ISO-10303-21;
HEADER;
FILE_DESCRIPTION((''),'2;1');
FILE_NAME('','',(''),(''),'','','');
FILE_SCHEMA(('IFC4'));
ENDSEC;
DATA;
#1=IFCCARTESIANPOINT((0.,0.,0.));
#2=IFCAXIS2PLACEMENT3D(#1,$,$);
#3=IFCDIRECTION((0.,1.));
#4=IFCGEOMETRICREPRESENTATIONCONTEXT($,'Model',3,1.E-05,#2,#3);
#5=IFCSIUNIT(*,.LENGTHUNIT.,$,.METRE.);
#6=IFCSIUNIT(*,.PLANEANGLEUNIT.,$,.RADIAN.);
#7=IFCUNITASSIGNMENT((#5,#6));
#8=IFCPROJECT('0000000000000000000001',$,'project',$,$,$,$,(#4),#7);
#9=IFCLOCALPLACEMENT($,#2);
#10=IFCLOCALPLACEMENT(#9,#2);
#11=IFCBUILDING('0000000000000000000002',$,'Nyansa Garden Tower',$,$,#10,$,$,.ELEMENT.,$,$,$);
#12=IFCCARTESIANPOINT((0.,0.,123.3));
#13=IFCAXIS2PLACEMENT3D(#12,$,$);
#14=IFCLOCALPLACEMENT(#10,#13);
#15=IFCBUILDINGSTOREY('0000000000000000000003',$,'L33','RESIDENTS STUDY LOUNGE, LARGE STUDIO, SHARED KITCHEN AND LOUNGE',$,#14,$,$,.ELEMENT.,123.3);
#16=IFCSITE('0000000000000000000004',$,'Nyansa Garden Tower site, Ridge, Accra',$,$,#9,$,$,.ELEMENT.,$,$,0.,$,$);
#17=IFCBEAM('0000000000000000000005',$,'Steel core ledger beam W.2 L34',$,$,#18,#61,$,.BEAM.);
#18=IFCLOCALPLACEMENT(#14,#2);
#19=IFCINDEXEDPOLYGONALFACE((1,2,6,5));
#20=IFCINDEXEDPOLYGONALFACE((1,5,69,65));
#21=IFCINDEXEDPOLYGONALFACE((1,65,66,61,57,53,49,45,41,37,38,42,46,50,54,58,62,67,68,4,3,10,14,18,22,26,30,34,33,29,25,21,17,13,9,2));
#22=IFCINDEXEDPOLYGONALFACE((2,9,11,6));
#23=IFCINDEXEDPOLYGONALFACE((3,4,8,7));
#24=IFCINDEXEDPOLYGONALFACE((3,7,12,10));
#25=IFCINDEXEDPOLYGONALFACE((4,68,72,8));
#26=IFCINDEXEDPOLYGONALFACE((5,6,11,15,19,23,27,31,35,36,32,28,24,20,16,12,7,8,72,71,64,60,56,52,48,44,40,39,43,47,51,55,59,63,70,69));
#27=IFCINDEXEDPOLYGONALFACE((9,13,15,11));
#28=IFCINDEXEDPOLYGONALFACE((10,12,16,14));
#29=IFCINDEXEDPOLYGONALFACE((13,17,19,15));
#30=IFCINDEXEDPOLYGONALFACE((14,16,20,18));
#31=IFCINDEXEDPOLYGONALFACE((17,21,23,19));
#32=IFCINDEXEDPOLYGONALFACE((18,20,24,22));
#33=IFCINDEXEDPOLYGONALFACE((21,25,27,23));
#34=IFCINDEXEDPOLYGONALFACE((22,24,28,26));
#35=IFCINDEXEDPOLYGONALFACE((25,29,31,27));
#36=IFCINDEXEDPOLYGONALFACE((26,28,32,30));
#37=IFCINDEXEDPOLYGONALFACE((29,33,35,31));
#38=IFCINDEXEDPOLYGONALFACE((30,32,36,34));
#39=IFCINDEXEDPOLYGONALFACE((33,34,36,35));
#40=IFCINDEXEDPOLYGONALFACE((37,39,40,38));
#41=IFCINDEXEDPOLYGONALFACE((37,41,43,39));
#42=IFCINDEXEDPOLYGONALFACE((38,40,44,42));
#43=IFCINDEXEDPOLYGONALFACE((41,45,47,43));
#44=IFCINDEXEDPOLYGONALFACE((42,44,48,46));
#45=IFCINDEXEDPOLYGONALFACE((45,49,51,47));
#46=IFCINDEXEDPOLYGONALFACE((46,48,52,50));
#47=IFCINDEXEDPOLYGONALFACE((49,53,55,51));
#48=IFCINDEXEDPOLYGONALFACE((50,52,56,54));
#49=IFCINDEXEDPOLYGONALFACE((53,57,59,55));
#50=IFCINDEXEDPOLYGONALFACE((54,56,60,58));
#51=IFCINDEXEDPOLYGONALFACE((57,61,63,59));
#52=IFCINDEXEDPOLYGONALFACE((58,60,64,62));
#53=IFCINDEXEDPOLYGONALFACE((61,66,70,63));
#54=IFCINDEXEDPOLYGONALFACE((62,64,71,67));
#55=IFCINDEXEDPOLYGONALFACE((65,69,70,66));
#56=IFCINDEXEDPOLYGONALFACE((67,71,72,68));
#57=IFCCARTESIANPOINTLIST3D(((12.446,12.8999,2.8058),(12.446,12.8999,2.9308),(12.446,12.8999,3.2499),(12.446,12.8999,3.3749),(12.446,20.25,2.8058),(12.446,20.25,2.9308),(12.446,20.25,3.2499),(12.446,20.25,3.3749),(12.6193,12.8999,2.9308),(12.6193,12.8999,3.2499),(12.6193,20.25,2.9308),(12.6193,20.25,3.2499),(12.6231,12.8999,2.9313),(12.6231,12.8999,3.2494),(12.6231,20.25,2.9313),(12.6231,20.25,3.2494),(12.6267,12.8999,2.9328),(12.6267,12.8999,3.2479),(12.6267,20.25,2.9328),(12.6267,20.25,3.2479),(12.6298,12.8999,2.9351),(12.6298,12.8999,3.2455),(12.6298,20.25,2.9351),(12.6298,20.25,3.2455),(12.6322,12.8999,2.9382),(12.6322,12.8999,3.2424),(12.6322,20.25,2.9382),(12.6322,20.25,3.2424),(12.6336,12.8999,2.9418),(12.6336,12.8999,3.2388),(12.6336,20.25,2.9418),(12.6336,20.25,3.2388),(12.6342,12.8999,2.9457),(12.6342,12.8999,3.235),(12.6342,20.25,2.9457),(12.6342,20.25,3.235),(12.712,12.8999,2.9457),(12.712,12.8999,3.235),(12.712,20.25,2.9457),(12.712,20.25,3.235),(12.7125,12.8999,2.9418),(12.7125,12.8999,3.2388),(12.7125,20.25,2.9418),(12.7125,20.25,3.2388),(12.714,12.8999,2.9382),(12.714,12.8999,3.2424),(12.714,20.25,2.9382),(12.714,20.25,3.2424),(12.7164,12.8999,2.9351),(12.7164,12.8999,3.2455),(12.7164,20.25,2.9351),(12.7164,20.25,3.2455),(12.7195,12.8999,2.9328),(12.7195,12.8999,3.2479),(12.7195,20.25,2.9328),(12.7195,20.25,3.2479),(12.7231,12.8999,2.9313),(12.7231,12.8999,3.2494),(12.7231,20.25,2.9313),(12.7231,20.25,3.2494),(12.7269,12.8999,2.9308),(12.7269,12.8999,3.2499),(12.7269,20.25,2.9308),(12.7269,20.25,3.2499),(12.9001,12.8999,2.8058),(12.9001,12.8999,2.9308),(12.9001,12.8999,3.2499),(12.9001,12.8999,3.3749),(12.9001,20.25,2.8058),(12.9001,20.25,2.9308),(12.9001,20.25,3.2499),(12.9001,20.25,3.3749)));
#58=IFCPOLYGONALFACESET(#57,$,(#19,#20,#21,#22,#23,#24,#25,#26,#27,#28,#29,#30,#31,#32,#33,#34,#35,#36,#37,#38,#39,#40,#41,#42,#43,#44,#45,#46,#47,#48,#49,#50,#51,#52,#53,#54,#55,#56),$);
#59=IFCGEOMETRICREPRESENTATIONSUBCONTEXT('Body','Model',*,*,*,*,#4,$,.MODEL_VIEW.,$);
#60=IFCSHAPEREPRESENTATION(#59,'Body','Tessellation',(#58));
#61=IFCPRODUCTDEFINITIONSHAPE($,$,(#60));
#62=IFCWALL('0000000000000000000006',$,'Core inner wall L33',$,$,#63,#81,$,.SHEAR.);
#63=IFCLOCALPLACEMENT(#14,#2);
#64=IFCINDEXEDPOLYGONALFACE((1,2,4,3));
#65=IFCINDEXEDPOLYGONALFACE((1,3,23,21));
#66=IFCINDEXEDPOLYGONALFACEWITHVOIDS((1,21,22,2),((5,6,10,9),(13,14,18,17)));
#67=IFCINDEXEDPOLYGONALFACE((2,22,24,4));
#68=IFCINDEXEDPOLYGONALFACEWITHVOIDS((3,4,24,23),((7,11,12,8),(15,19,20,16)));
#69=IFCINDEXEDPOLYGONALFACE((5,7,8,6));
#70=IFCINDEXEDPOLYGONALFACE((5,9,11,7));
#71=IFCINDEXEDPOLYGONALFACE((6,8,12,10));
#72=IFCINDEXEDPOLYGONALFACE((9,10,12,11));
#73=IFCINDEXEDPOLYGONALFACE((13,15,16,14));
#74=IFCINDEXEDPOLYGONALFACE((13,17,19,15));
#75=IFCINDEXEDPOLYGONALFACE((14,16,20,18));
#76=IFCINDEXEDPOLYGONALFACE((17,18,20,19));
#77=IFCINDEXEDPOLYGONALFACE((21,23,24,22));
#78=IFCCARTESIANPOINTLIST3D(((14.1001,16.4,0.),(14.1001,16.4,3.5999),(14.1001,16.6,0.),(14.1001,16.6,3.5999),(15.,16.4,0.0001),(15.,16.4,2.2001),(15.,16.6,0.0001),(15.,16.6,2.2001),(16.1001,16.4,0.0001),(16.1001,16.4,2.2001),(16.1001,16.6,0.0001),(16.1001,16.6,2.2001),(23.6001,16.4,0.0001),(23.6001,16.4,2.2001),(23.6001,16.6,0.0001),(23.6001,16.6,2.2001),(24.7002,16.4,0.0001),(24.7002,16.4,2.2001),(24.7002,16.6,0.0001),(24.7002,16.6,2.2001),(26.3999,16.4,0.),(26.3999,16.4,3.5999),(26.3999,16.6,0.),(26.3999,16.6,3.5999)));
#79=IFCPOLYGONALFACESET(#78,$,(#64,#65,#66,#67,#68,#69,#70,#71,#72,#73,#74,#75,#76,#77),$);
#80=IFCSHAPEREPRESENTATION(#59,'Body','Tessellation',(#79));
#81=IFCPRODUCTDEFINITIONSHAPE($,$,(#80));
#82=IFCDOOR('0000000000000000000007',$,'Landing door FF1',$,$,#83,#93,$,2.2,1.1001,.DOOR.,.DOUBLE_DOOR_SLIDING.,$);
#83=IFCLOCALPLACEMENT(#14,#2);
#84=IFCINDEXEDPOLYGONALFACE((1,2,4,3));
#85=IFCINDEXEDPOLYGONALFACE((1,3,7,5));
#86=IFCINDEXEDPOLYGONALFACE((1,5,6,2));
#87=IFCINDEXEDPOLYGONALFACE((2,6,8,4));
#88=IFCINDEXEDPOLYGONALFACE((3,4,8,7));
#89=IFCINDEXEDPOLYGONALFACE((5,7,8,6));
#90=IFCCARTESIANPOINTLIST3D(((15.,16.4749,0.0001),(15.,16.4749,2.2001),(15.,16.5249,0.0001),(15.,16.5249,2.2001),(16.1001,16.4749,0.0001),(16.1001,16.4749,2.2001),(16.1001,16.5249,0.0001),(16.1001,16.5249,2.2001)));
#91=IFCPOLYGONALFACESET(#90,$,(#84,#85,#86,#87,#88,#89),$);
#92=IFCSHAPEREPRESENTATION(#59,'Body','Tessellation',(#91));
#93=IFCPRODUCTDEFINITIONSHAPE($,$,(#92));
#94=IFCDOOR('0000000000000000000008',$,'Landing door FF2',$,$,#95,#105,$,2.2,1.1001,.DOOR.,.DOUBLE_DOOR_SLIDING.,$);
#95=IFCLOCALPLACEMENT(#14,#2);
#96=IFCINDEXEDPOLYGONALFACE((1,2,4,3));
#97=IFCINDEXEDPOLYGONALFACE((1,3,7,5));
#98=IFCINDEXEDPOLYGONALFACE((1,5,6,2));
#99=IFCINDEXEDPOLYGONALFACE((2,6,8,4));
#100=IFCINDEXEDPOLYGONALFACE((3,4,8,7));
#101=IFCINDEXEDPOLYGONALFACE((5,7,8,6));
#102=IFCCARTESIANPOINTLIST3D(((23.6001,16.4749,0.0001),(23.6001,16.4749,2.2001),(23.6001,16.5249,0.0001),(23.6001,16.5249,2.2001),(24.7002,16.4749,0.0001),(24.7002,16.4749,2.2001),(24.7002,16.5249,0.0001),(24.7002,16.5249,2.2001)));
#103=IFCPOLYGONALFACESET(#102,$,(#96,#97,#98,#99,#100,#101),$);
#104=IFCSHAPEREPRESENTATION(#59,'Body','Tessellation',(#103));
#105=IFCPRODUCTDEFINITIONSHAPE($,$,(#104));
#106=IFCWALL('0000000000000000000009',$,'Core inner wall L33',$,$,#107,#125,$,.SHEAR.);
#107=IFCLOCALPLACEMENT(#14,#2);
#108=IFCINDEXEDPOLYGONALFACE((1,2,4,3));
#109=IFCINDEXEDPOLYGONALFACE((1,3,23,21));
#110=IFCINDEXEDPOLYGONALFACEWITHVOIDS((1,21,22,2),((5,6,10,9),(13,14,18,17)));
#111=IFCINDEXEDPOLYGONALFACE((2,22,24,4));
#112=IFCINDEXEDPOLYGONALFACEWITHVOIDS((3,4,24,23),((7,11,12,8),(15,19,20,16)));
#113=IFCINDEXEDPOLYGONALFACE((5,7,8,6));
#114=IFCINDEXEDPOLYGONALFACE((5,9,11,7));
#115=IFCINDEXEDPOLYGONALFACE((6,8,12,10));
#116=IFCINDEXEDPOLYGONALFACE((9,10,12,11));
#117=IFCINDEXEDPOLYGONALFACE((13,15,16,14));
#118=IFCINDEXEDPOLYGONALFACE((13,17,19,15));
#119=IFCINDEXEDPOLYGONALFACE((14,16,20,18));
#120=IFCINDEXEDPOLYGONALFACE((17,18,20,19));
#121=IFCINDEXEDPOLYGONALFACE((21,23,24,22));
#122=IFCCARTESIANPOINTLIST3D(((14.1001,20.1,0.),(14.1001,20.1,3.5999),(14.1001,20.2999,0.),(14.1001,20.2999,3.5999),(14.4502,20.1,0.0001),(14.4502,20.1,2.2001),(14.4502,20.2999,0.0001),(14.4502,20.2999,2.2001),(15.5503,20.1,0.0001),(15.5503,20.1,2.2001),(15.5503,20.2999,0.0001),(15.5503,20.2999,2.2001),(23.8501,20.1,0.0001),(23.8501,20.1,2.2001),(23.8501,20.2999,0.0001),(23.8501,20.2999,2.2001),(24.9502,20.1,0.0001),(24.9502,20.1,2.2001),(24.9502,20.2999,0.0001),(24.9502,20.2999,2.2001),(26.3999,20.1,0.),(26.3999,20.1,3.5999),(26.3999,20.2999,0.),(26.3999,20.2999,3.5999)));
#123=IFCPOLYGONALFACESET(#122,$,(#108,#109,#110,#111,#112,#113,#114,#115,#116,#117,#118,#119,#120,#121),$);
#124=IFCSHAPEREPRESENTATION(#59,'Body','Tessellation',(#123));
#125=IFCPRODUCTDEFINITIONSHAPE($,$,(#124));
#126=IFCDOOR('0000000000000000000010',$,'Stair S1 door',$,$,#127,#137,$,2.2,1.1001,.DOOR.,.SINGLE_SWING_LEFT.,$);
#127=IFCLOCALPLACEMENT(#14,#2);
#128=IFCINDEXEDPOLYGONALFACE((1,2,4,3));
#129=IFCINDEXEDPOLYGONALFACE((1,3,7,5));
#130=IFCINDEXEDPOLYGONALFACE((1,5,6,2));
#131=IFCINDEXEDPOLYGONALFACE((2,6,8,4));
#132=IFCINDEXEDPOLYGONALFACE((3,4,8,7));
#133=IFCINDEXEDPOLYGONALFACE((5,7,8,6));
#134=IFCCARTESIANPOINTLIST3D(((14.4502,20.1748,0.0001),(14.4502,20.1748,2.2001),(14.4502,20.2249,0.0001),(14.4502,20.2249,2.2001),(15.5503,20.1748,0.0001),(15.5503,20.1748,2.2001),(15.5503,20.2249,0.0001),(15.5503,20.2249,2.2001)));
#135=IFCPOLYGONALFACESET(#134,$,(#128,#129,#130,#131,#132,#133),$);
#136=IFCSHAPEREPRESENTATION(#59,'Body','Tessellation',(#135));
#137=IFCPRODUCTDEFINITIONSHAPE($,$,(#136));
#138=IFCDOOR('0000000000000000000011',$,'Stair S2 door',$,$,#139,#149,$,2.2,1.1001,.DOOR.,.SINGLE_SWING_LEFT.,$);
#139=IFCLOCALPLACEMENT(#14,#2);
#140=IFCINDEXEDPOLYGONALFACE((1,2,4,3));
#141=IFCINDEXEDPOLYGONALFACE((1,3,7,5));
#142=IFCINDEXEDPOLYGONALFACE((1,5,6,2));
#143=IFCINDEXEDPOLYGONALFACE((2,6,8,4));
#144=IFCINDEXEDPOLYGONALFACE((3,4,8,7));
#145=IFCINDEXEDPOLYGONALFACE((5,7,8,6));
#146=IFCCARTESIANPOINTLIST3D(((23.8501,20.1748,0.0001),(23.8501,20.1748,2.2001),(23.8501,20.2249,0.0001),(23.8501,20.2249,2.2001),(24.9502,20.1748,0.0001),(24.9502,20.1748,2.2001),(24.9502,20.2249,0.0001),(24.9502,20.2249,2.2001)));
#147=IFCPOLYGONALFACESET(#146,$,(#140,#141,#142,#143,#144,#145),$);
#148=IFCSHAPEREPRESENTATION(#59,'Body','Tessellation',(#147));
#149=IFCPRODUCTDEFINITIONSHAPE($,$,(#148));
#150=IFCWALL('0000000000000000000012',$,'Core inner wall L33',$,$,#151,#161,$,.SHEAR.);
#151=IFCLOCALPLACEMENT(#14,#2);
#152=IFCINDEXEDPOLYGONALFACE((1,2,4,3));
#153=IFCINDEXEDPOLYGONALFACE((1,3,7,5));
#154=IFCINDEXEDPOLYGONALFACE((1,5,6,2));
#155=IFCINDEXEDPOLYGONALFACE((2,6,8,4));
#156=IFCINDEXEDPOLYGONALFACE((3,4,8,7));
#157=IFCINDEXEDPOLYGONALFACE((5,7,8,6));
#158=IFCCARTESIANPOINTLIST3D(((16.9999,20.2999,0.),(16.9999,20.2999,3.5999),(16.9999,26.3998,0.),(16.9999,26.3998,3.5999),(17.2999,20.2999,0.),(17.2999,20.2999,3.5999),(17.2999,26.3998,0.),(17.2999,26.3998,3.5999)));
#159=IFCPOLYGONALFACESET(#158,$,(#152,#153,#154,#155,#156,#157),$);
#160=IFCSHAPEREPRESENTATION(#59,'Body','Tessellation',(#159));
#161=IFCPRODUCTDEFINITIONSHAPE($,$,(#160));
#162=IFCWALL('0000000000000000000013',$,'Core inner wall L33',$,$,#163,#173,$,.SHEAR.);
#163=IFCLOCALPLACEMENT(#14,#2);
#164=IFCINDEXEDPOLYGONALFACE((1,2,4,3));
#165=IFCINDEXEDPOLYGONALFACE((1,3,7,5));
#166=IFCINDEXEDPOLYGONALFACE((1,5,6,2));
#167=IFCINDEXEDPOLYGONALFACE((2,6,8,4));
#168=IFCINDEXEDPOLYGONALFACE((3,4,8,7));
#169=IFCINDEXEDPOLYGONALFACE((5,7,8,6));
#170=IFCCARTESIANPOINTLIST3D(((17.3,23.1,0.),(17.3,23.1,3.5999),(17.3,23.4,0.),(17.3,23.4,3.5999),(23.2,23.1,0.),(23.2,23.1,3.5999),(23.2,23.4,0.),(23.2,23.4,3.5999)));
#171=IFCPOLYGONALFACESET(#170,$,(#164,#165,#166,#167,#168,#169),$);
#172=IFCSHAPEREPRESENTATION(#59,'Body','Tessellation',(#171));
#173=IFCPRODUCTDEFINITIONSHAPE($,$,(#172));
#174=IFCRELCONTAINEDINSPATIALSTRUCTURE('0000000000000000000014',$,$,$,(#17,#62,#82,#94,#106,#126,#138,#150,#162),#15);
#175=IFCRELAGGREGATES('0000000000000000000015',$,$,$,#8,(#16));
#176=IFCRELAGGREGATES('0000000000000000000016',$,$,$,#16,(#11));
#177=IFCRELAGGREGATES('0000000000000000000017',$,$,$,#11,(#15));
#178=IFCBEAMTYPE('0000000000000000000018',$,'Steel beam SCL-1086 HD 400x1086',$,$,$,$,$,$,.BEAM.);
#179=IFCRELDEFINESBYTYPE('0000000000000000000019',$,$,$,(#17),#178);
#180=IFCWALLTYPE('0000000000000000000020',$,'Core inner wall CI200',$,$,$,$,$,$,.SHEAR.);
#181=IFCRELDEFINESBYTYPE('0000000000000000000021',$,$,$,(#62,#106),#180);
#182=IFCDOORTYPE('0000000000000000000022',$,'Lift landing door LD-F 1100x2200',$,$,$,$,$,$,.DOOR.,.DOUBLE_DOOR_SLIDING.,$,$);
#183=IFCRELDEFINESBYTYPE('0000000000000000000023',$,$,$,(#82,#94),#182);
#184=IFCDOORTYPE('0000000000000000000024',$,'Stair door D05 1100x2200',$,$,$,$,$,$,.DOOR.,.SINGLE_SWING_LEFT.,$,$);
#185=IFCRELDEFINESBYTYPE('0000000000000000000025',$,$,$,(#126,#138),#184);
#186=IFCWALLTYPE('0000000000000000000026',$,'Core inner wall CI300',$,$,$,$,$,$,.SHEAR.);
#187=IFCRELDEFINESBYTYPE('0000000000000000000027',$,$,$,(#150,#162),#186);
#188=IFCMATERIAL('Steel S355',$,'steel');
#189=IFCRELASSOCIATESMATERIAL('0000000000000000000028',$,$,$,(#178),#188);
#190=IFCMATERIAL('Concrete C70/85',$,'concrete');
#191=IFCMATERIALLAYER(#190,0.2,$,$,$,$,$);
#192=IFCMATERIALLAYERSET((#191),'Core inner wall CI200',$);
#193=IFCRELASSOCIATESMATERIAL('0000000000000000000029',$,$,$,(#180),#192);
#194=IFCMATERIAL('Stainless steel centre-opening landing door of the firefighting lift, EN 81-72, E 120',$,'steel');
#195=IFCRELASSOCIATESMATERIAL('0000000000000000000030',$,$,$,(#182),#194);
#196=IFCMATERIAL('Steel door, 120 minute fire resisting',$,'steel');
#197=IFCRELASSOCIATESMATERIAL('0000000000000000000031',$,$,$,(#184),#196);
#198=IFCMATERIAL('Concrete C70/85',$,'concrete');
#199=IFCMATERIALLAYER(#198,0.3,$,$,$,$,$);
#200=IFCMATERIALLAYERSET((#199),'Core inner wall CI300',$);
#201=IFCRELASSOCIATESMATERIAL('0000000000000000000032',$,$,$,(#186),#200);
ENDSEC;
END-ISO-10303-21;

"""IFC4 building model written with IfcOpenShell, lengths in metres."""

from ifc_helpers import new_model, si_unit, direction, frame, frame_2d, origin, origin_2d, place, context, subcontext, project, spatial, rectangle, i_section, extrude, material, layer, layer_set, material_profile, profile_set, type_object, element, fill, save


model = new_model("IFC4")

# Units and contexts
model_context = context("Model", 3, precision=1e-05, world=origin(), true_north=direction((0.0, 1.0)))
body_context = subcontext(model_context, "Body", "Model", "MODEL_VIEW")
ifc_project = project(units=[si_unit("LENGTHUNIT", "METRE"), si_unit("PLANEANGLEUNIT", "RADIAN")], contexts=[model_context])

# Site, building, storey
site_placement = place(None, origin())
site = spatial("IfcSite", under=ifc_project, at=site_placement, Name="Nyansa Garden Tower site, Ridge, Accra", CompositionType="ELEMENT", RefElevation=0.0)
building_placement = place(site_placement, origin())
building = spatial("IfcBuilding", under=site, at=building_placement, Name="Nyansa Garden Tower", CompositionType="ELEMENT")
storey_placement = place(building_placement, frame((0.0, 0.0, 123.3)))
storey = spatial("IfcBuildingStorey", under=building, at=storey_placement, Name="L33", Description="RESIDENTS STUDY LOUNGE, LARGE STUDIO, SHARED KITCHEN AND LOUNGE", CompositionType="ELEMENT", Elevation=123.3)

# Beam
ifc_material_1 = material(Name="Steel S355", Category="steel")
ifc_material_profile_1 = material_profile(ifc_material_1, i_section(OverallWidth=0.4541, OverallDepth=0.5691, WebThickness=0.0779, FlangeThickness=0.125, FilletRadius=0.0149, at=origin_2d()), Name="HD 400x1086")
ifc_profile_set_1 = profile_set([ifc_material_profile_1], Name="Steel S355")
beam_type_1 = type_object("IfcBeamType", Name="Steel beam SCL-1086 HD 400x1086", PredefinedType="BEAM", material=ifc_profile_set_1)
beam_1_placement = place(storey_placement, frame((12.6731, 20.25, 3.0903), z_axis=(0.0, -1.0, 0.0), x_axis=(1.0, 0.0, 0.0)))
element("IfcBeam", 1, at=beam_1_placement, inside=storey, type_object=beam_type_1, Name="Steel core ledger beam W.2 L34", PredefinedType="BEAM", context=body_context, shape_type="SweptSolid", body=[
    extrude(i_section(OverallWidth=0.4541, OverallDepth=0.5691, WebThickness=0.0779, FlangeThickness=0.125, FilletRadius=0.0149, at=origin_2d()), origin(), (0.0, 0.0, 1.0), 7.3501),
])

# Walls, openings, doors
ifc_material_2 = material(Name="Concrete C70/85", Category="concrete")
ifc_layer_1 = layer(ifc_material_2, 0.2)
ifc_layer_set_1 = layer_set([ifc_layer_1], Name="Core inner wall CI200")
wall_type_1 = type_object("IfcWallType", Name="Core inner wall CI200", PredefinedType="SHEAR", material=ifc_layer_set_1)
wall_1_placement = place(storey_placement, frame((14.1001, 16.5, 0.0), z_axis=(0.0, 0.0, 1.0), x_axis=(1.0, 0.0, 0.0)))
wall_1 = element("IfcWall", 2, at=wall_1_placement, inside=storey, type_object=wall_type_1, Name="Core inner wall L33", PredefinedType="SHEAR", context=body_context, shape_type="SweptSolid", body=[
    extrude(rectangle(XDim=12.2998, YDim=0.2, at=frame_2d((6.1499, 0.0))), origin(), (0.0, 0.0, 1.0), 3.5999),
])
opening_1_placement = place(wall_1_placement, frame((0.8999, 0.0, 0.0)))
opening_1 = element("IfcOpeningElement", 3, at=opening_1_placement, cuts=wall_1, PredefinedType="OPENING", context=body_context, shape_type="SweptSolid", body=[
    extrude(rectangle(XDim=1.1001, YDim=2.2, at=frame_2d((0.55, 1.1001))), frame((0.0, 0.1099, 0.0), z_axis=(0.0, -1.0, 0.0), x_axis=(1.0, 0.0, 0.0)), (0.0, 0.0, 1.0), 0.22),
])
opening_2_placement = place(wall_1_placement, frame((9.5, 0.0, 0.0)))
opening_2 = element("IfcOpeningElement", 4, at=opening_2_placement, cuts=wall_1, PredefinedType="OPENING", context=body_context, shape_type="SweptSolid", body=[
    extrude(rectangle(XDim=1.1001, YDim=2.2, at=frame_2d((0.55, 1.1001))), frame((0.0, 0.1099, 0.0), z_axis=(0.0, -1.0, 0.0), x_axis=(1.0, 0.0, 0.0)), (0.0, 0.0, 1.0), 0.22),
])
ifc_material_3 = material(Name="Stainless steel centre-opening landing door of the firefighting lift, EN 81-72, E 120", Category="steel")
door_type_1 = type_object("IfcDoorType", Name="Lift landing door LD-F 1100x2200", OperationType="DOUBLE_DOOR_SLIDING", PredefinedType="DOOR", material=ifc_material_3)
door_1_placement = place(opening_1_placement, origin())
door_1 = element("IfcDoor", 5, at=door_1_placement, inside=storey, type_object=door_type_1, Name="Landing door FF1", OperationType="DOUBLE_DOOR_SLIDING", OverallHeight=2.2, OverallWidth=1.1001, PredefinedType="DOOR", context=body_context, shape_type="SweptSolid", body=[
    extrude(rectangle(XDim=1.1001, YDim=2.2, at=frame_2d((0.55, 1.1001))), frame((0.0, 0.0249, 0.0), z_axis=(0.0, -1.0, 0.0), x_axis=(1.0, 0.0, 0.0)), (0.0, 0.0, 1.0), 0.05),
])
fill(opening_1, door_1)
door_2_placement = place(opening_2_placement, origin())
door_2 = element("IfcDoor", 6, at=door_2_placement, inside=storey, type_object=door_type_1, Name="Landing door FF2", OperationType="DOUBLE_DOOR_SLIDING", OverallHeight=2.2, OverallWidth=1.1001, PredefinedType="DOOR", context=body_context, shape_type="SweptSolid", body=[
    extrude(rectangle(XDim=1.1001, YDim=2.2, at=frame_2d((0.55, 1.1001))), frame((0.0, 0.0249, 0.0), z_axis=(0.0, -1.0, 0.0), x_axis=(1.0, 0.0, 0.0)), (0.0, 0.0, 1.0), 0.05),
])
fill(opening_2, door_2)
wall_2_placement = place(storey_placement, frame((14.1001, 20.2, 0.0), z_axis=(0.0, 0.0, 1.0), x_axis=(1.0, 0.0, 0.0)))
wall_2 = element("IfcWall", 7, at=wall_2_placement, inside=storey, type_object=wall_type_1, Name="Core inner wall L33", PredefinedType="SHEAR", context=body_context, shape_type="SweptSolid", body=[
    extrude(rectangle(XDim=12.2998, YDim=0.2, at=frame_2d((6.1499, 0.0))), origin(), (0.0, 0.0, 1.0), 3.5999),
])
opening_3_placement = place(wall_2_placement, frame((0.3501, 0.0, 0.0)))
opening_3 = element("IfcOpeningElement", 8, at=opening_3_placement, cuts=wall_2, PredefinedType="OPENING", context=body_context, shape_type="SweptSolid", body=[
    extrude(rectangle(XDim=1.1001, YDim=2.2, at=frame_2d((0.55, 1.1001))), frame((0.0, 0.1099, 0.0), z_axis=(0.0, -1.0, 0.0), x_axis=(1.0, 0.0, 0.0)), (0.0, 0.0, 1.0), 0.22),
])
opening_4_placement = place(wall_2_placement, frame((9.75, 0.0, 0.0)))
opening_4 = element("IfcOpeningElement", 9, at=opening_4_placement, cuts=wall_2, PredefinedType="OPENING", context=body_context, shape_type="SweptSolid", body=[
    extrude(rectangle(XDim=1.1001, YDim=2.2, at=frame_2d((0.55, 1.1001))), frame((0.0, 0.1099, 0.0), z_axis=(0.0, -1.0, 0.0), x_axis=(1.0, 0.0, 0.0)), (0.0, 0.0, 1.0), 0.22),
])
ifc_material_4 = material(Name="Steel door, 120 minute fire resisting", Category="steel")
door_type_2 = type_object("IfcDoorType", Name="Stair door D05 1100x2200", OperationType="SINGLE_SWING_LEFT", PredefinedType="DOOR", material=ifc_material_4)
door_3_placement = place(opening_3_placement, origin())
door_3 = element("IfcDoor", 10, at=door_3_placement, inside=storey, type_object=door_type_2, Name="Stair S1 door", OperationType="SINGLE_SWING_LEFT", OverallHeight=2.2, OverallWidth=1.1001, PredefinedType="DOOR", context=body_context, shape_type="SweptSolid", body=[
    extrude(rectangle(XDim=1.1001, YDim=2.2, at=frame_2d((0.55, 1.1001))), frame((0.0, 0.0249, 0.0), z_axis=(0.0, -1.0, 0.0), x_axis=(1.0, 0.0, 0.0)), (0.0, 0.0, 1.0), 0.05),
])
fill(opening_3, door_3)
door_4_placement = place(opening_4_placement, origin())
door_4 = element("IfcDoor", 11, at=door_4_placement, inside=storey, type_object=door_type_2, Name="Stair S2 door", OperationType="SINGLE_SWING_LEFT", OverallHeight=2.2, OverallWidth=1.1001, PredefinedType="DOOR", context=body_context, shape_type="SweptSolid", body=[
    extrude(rectangle(XDim=1.1001, YDim=2.2, at=frame_2d((0.55, 1.1001))), frame((0.0, 0.0249, 0.0), z_axis=(0.0, -1.0, 0.0), x_axis=(1.0, 0.0, 0.0)), (0.0, 0.0, 1.0), 0.05),
])
fill(opening_4, door_4)

# Walls
ifc_material_5 = material(Name="Concrete C70/85", Category="concrete")
ifc_layer_2 = layer(ifc_material_5, 0.3)
ifc_layer_set_2 = layer_set([ifc_layer_2], Name="Core inner wall CI300")
wall_type_2 = type_object("IfcWallType", Name="Core inner wall CI300", PredefinedType="SHEAR", material=ifc_layer_set_2)
wall_3_placement = place(storey_placement, frame((17.1499, 20.3, 0.0), z_axis=(0.0, 0.0, 1.0), x_axis=(0.0, 1.0, 0.0)))
element("IfcWall", 12, at=wall_3_placement, inside=storey, type_object=wall_type_2, Name="Core inner wall L33", PredefinedType="SHEAR", context=body_context, shape_type="SweptSolid", body=[
    extrude(rectangle(XDim=6.0999, YDim=0.3, at=frame_2d((3.0498, 0.0))), origin(), (0.0, 0.0, 1.0), 3.5999),
])
wall_4_placement = place(storey_placement, frame((17.3, 23.25, 0.0), z_axis=(0.0, 0.0, 1.0), x_axis=(1.0, 0.0, 0.0)))
element("IfcWall", 13, at=wall_4_placement, inside=storey, type_object=wall_type_2, Name="Core inner wall L33", PredefinedType="SHEAR", context=body_context, shape_type="SweptSolid", body=[
    extrude(rectangle(XDim=5.8999, YDim=0.3, at=frame_2d((2.95, 0.0))), origin(), (0.0, 0.0, 1.0), 3.5999),
])

save(model, "model.ifc")
